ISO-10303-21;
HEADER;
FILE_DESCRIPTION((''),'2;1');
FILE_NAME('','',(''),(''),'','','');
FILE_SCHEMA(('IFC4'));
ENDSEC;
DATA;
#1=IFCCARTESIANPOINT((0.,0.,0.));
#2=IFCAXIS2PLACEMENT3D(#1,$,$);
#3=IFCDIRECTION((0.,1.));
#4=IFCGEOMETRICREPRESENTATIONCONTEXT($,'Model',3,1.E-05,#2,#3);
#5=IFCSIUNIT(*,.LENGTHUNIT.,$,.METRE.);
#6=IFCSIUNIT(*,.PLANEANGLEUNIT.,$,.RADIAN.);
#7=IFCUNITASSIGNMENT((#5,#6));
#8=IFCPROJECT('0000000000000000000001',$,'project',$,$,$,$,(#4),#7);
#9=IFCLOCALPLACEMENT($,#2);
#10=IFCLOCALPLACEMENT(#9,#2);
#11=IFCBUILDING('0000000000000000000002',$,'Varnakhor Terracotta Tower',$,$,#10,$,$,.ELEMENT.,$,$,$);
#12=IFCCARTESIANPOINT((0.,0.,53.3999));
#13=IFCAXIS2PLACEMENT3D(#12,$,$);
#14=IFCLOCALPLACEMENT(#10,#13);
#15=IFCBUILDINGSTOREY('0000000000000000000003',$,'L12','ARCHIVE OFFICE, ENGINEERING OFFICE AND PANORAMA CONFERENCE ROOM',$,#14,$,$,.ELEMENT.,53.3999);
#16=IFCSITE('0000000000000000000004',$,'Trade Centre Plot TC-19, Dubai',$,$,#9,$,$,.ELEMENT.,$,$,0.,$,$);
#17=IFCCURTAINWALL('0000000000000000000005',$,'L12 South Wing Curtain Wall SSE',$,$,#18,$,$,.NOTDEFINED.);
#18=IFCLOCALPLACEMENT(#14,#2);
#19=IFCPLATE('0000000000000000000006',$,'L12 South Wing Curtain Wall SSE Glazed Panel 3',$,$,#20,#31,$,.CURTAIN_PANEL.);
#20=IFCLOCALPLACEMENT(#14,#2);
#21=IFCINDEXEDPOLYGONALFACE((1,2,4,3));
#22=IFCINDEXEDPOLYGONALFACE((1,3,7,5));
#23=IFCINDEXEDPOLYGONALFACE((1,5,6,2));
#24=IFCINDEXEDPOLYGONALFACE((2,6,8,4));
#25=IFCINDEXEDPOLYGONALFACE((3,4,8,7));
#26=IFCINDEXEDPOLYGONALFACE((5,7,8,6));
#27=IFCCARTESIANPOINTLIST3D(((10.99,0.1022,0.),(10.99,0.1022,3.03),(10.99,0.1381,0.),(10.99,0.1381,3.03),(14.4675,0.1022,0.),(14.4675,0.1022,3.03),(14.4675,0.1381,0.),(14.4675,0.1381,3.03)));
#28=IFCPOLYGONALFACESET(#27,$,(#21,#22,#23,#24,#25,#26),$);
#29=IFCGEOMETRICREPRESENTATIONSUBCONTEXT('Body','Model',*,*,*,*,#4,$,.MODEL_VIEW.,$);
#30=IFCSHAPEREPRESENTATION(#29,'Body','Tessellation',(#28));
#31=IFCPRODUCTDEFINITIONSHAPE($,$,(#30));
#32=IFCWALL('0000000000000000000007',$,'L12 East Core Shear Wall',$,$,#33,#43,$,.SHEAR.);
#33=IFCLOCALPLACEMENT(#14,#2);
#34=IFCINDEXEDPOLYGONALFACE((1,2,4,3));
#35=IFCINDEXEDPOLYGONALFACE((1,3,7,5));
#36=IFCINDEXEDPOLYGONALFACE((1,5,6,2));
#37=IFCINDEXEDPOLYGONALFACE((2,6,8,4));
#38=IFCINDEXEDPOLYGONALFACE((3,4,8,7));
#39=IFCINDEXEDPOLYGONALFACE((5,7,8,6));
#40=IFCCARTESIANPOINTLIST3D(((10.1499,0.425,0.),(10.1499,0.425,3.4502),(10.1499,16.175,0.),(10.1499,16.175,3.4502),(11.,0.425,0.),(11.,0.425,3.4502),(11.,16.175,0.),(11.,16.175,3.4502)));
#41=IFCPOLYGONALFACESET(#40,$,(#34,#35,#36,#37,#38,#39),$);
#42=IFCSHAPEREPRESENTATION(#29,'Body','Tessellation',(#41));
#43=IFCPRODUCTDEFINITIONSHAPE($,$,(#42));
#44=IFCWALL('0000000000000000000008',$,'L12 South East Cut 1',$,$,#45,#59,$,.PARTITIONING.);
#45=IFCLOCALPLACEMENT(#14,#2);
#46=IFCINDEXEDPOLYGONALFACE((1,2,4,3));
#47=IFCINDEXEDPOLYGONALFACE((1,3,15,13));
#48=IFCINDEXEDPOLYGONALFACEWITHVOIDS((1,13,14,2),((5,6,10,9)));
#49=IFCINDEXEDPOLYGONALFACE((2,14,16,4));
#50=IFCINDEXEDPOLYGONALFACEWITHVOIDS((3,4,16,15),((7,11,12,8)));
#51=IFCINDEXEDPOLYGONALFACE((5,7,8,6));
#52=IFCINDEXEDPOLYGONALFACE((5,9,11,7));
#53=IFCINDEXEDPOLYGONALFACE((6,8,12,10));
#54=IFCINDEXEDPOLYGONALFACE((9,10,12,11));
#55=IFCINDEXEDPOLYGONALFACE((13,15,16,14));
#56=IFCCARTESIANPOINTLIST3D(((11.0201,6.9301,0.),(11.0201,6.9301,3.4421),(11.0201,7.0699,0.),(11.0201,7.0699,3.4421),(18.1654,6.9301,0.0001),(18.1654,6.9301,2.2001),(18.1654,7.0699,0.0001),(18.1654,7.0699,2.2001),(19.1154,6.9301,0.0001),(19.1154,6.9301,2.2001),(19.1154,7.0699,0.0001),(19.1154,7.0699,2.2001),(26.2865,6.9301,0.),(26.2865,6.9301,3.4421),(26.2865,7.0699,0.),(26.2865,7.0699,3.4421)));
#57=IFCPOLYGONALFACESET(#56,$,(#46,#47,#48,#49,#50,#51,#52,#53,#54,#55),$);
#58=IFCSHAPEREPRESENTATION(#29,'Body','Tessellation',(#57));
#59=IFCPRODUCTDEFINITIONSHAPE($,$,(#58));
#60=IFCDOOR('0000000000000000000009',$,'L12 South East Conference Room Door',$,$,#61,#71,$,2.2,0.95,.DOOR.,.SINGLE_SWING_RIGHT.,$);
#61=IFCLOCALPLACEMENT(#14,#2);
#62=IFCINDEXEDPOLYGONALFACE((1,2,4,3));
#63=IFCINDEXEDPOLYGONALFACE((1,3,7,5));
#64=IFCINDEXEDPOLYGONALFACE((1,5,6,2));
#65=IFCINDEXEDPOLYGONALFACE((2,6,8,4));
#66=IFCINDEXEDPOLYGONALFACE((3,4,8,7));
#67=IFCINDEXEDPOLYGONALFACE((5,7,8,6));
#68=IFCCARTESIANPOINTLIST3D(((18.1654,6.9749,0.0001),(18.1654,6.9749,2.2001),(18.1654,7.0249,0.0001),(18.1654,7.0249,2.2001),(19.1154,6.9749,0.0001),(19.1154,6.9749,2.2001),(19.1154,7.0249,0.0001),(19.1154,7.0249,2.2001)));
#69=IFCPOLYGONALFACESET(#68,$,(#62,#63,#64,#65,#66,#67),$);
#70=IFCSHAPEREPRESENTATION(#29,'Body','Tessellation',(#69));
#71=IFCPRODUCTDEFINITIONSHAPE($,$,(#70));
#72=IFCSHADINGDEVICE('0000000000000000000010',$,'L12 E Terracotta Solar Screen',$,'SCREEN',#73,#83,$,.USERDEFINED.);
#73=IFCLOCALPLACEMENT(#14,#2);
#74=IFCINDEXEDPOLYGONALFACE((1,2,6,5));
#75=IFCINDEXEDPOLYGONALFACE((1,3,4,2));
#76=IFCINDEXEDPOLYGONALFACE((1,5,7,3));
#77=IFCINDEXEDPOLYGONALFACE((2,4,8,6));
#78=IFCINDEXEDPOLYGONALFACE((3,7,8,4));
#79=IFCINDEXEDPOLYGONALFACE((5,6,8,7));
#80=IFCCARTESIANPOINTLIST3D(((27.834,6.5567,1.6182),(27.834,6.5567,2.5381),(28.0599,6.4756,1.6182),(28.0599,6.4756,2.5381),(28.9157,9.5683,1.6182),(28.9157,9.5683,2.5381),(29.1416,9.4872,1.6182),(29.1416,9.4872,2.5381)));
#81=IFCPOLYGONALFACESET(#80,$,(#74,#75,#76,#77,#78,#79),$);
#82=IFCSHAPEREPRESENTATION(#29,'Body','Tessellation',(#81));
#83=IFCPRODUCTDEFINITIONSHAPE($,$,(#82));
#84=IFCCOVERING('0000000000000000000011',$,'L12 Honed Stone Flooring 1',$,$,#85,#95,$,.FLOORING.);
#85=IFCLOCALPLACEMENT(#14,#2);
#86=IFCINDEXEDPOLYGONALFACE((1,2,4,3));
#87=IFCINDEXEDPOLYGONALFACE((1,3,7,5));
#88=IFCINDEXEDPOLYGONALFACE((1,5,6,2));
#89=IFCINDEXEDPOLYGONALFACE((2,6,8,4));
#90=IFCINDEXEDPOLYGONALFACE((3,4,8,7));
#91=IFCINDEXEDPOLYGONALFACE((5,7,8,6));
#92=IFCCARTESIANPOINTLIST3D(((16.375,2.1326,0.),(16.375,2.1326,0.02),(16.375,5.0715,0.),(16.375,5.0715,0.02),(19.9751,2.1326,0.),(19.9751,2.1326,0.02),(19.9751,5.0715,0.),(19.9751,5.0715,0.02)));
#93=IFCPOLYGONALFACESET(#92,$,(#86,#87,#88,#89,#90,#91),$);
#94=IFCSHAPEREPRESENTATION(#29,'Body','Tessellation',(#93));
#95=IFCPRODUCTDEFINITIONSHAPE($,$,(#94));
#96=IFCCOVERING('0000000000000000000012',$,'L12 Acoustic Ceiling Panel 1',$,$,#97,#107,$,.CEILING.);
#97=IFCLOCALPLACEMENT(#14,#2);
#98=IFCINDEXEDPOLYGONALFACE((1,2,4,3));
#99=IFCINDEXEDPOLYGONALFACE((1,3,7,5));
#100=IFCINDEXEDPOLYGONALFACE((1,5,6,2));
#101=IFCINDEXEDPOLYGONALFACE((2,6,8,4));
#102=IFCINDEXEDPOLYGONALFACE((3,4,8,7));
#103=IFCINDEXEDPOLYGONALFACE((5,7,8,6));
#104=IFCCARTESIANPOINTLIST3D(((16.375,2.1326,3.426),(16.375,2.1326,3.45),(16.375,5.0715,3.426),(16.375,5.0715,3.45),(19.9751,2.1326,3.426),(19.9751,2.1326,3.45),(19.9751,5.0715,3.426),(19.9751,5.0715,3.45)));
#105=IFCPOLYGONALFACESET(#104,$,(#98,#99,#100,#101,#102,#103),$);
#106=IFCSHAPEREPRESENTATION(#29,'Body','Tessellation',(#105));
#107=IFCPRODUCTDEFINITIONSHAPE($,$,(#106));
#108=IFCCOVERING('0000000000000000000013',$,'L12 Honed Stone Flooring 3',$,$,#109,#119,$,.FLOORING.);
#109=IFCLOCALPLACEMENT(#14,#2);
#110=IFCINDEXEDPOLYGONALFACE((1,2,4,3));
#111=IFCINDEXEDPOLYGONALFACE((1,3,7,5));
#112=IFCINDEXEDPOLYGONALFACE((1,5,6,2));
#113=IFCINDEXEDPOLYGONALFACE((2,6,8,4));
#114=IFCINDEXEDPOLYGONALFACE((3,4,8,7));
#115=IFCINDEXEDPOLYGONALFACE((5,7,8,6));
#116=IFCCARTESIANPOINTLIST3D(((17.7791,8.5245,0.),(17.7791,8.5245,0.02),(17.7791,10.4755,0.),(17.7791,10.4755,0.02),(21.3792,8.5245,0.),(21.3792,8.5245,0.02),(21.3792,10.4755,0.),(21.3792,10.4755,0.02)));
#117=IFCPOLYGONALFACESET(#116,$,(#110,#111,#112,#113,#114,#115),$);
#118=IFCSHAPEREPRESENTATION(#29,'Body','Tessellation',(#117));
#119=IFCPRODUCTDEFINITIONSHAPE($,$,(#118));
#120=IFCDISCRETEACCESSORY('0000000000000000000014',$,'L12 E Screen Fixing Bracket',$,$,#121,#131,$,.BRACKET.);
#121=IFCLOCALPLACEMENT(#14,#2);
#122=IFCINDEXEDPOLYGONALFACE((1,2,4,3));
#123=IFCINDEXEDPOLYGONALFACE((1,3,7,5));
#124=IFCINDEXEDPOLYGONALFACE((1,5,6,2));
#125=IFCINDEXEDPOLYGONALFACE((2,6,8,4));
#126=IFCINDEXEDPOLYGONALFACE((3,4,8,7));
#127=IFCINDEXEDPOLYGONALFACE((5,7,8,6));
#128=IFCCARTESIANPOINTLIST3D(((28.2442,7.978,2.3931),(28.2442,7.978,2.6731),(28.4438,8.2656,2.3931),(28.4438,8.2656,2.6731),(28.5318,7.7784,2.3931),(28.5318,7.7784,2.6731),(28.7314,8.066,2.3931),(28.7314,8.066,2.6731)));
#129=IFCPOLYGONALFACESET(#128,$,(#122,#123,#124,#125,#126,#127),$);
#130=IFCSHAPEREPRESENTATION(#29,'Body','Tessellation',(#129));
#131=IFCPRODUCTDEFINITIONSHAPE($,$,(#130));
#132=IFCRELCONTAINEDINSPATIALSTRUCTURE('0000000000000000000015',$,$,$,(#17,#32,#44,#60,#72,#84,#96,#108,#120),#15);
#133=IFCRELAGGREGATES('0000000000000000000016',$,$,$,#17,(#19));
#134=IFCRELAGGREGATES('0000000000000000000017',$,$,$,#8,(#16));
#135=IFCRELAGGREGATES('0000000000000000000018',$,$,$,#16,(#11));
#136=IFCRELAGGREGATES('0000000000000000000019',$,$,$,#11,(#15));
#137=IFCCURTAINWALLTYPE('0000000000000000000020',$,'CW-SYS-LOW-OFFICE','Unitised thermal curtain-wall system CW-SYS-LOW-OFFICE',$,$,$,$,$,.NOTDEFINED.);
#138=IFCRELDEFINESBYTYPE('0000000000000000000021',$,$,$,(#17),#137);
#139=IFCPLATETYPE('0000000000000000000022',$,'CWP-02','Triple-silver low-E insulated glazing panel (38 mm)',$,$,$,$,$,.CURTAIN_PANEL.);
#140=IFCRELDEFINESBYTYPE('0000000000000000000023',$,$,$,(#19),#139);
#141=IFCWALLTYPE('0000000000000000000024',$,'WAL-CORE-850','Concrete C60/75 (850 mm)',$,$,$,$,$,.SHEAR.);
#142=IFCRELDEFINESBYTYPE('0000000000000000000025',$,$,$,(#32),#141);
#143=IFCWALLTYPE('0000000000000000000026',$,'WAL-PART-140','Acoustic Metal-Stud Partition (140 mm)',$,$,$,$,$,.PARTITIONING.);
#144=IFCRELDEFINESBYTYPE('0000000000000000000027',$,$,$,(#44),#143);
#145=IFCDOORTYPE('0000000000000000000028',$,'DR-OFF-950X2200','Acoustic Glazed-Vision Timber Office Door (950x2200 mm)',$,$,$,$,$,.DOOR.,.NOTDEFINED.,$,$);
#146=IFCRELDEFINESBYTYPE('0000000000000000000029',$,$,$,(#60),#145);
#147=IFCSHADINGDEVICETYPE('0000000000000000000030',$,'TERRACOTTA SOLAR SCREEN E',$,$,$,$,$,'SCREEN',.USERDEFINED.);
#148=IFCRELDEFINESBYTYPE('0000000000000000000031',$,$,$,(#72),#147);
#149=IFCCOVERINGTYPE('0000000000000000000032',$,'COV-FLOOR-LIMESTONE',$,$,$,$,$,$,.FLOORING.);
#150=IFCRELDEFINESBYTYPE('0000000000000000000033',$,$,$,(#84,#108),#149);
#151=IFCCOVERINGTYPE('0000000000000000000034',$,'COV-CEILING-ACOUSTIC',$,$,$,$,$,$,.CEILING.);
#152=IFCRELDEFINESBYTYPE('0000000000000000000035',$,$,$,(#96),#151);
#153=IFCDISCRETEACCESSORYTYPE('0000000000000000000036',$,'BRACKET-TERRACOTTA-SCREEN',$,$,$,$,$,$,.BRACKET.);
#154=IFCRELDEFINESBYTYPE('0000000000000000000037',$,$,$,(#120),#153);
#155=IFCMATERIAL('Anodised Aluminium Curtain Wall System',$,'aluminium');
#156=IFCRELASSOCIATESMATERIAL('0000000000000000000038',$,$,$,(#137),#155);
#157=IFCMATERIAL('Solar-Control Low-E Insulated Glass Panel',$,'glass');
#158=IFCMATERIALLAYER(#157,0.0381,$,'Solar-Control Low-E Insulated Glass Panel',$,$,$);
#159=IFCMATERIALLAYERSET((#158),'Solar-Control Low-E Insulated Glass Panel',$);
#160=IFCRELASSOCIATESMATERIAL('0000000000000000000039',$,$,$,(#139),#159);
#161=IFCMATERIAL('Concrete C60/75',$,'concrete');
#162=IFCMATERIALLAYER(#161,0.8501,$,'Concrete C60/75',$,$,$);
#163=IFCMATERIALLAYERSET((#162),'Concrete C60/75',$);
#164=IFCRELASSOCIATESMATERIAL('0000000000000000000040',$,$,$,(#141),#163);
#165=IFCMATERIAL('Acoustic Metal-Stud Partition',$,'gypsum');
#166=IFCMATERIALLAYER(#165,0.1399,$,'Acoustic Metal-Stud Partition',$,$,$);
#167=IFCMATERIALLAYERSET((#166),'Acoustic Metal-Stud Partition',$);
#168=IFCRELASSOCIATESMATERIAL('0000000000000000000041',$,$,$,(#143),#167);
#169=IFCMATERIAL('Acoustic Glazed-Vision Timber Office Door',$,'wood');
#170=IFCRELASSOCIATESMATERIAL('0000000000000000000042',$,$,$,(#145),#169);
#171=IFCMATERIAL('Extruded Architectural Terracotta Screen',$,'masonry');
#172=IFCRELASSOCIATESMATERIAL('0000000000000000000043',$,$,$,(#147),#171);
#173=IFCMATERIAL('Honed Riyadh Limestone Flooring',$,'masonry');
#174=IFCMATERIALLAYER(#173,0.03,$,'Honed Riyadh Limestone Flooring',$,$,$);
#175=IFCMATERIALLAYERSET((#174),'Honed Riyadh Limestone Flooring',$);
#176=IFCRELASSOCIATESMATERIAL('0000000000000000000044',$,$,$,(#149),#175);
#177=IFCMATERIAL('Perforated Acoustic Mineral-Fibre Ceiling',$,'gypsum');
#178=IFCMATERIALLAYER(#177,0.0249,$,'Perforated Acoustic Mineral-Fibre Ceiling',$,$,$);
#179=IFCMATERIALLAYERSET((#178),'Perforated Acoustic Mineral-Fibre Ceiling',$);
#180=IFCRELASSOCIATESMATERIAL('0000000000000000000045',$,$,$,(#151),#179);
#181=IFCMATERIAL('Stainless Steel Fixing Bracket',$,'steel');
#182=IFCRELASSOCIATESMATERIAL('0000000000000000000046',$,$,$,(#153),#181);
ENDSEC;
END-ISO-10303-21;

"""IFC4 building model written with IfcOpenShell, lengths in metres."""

from ifc_helpers import new_model, si_unit, direction, frame, frame_2d, origin, origin_2d, place, context, subcontext, project, spatial, rectangle, extrude, source, transform, mapped, material, layer, layer_set, type_object, type_shapes, element, fill, aggregate, save


model = new_model("IFC4")

# Units and contexts
model_context = context("Model", 3, precision=1e-05, world=origin(), true_north=direction((0.0, 1.0)))
body_context = subcontext(model_context, "Body", "Model", "MODEL_VIEW")
ifc_project = project(units=[si_unit("LENGTHUNIT", "METRE"), si_unit("PLANEANGLEUNIT", "RADIAN")], contexts=[model_context])

# Site, building, storey
site_placement = place(None, origin())
site = spatial("IfcSite", under=ifc_project, at=site_placement, Name="Trade Centre Plot TC-19, Dubai", CompositionType="ELEMENT", RefElevation=0.0)
building_placement = place(site_placement, origin())
building = spatial("IfcBuilding", under=site, at=building_placement, Name="Varnakhor Terracotta Tower", CompositionType="ELEMENT")
storey_placement = place(building_placement, frame((0.0, 0.0, 53.3999)))
storey = spatial("IfcBuildingStorey", under=building, at=storey_placement, Name="L12", Description="ARCHIVE OFFICE, ENGINEERING OFFICE AND PANORAMA CONFERENCE ROOM", CompositionType="ELEMENT", Elevation=53.3999)

# Curtain wall
ifc_material_1 = material(Name="Anodised Aluminium Curtain Wall System", Category="aluminium")
curtain_wall_type = type_object("IfcCurtainWallType", Name="CW-SYS-LOW-OFFICE", Description="Unitised thermal curtain-wall system CW-SYS-LOW-OFFICE", PredefinedType="NOTDEFINED", material=ifc_material_1)
curtain_wall_1_placement = place(storey_placement, origin())
curtain_wall_1 = element("IfcCurtainWall", 1, at=curtain_wall_1_placement, inside=storey, type_object=curtain_wall_type, Name="L12 South Wing Curtain Wall SSE", PredefinedType="NOTDEFINED")

# Plate
ifc_material_2 = material(Name="Solar-Control Low-E Insulated Glass Panel", Category="glass")
ifc_layer_1 = layer(ifc_material_2, 0.0381, Name="Solar-Control Low-E Insulated Glass Panel")
ifc_layer_set_1 = layer_set([ifc_layer_1], Name="Solar-Control Low-E Insulated Glass Panel")
plate_type = type_object("IfcPlateType", Name="CWP-02", Description="Triple-silver low-E insulated glazing panel (38 mm)", PredefinedType="CURTAIN_PANEL", material=ifc_layer_set_1)
shared_shape_1 = source(origin(), body_context, "Body", "SweptSolid", [
    extrude(rectangle(XDim=3.4775, YDim=0.0359, at=origin_2d()), origin(), (0.0, 0.0, 1.0), 3.03),
])
plate_1_placement = place(storey_placement, frame((12.7288, 0.1201, 0.0), z_axis=(0.0, 0.0, 1.0), x_axis=(-1.0, 0.0, 0.0)))
plate_1 = element("IfcPlate", 2, at=plate_1_placement, type_object=plate_type, Name="L12 South Wing Curtain Wall SSE Glazed Panel 3", PredefinedType="CURTAIN_PANEL", context=body_context, shape_type="MappedRepresentation", body=[
    mapped(shared_shape_1, transform((0.0, 0.0, 0.0), scale=1.0)),
])
aggregate(curtain_wall_1, [plate_1])

# Wall
ifc_material_3 = material(Name="Concrete C60/75", Category="concrete")
ifc_layer_2 = layer(ifc_material_3, 0.8501, Name="Concrete C60/75")
ifc_layer_set_2 = layer_set([ifc_layer_2], Name="Concrete C60/75")
wall_type_1 = type_object("IfcWallType", Name="WAL-CORE-850", Description="Concrete C60/75 (850 mm)", PredefinedType="SHEAR", material=ifc_layer_set_2)
wall_1_placement = place(storey_placement, frame((10.575, 0.425, 0.0), z_axis=(0.0, 0.0, 1.0), x_axis=(0.0, 1.0, 0.0)))
element("IfcWall", 3, at=wall_1_placement, inside=storey, type_object=wall_type_1, Name="L12 East Core Shear Wall", PredefinedType="SHEAR", context=body_context, shape_type="SweptSolid", body=[
    extrude(rectangle(XDim=15.75, YDim=0.8501, at=frame_2d((7.875, 0.0))), origin(), (0.0, 0.0, 1.0), 3.4502),
])

# Wall, opening, door
ifc_material_4 = material(Name="Acoustic Metal-Stud Partition", Category="gypsum")
ifc_layer_3 = layer(ifc_material_4, 0.1399, Name="Acoustic Metal-Stud Partition")
ifc_layer_set_3 = layer_set([ifc_layer_3], Name="Acoustic Metal-Stud Partition")
wall_type_2 = type_object("IfcWallType", Name="WAL-PART-140", Description="Acoustic Metal-Stud Partition (140 mm)", PredefinedType="PARTITIONING", material=ifc_layer_set_3)
wall_2_placement = place(storey_placement, frame((11.02, 7.0, 0.0), z_axis=(0.0, 0.0, 1.0), x_axis=(1.0, 0.0, 0.0)))
wall_2 = element("IfcWall", 4, at=wall_2_placement, inside=storey, type_object=wall_type_2, Name="L12 South East Cut 1", PredefinedType="PARTITIONING", context=body_context, shape_type="SweptSolid", body=[
    extrude(rectangle(XDim=15.2664, YDim=0.1399, at=frame_2d((7.6333, 0.0))), origin(), (0.0, 0.0, 1.0), 3.4421),
])
opening_placement = place(wall_2_placement, frame((7.1453, 0.0, 0.0)))
opening = element("IfcOpeningElement", 5, at=opening_placement, cuts=wall_2, PredefinedType="OPENING", context=body_context, shape_type="SweptSolid", body=[
    extrude(rectangle(XDim=0.95, YDim=2.2, at=frame_2d((0.4751, 1.1001))), frame((0.0, 0.0801, 0.0), z_axis=(0.0, -1.0, 0.0), x_axis=(1.0, 0.0, 0.0)), (0.0, 0.0, 1.0), 0.1599),
])
ifc_material_5 = material(Name="Acoustic Glazed-Vision Timber Office Door", Category="wood")
door_type = type_object("IfcDoorType", Name="DR-OFF-950X2200", Description="Acoustic Glazed-Vision Timber Office Door (950x2200 mm)", OperationType="NOTDEFINED", PredefinedType="DOOR", material=ifc_material_5)
shared_shape_2 = source(origin(), body_context, "Body", "SweptSolid", [
    extrude(rectangle(XDim=0.95, YDim=2.2, at=frame_2d((0.4751, 1.1001))), frame((0.0, 0.0249, 0.0), z_axis=(0.0, -1.0, 0.0), x_axis=(1.0, 0.0, 0.0)), (0.0, 0.0, 1.0), 0.05),
])
type_shapes(door_type, [shared_shape_2])
door_placement = place(opening_placement, origin())
door = element("IfcDoor", 6, at=door_placement, inside=storey, type_object=door_type, Name="L12 South East Conference Room Door", OperationType="SINGLE_SWING_RIGHT", OverallHeight=2.2, OverallWidth=0.95, PredefinedType="DOOR", context=body_context, shape_type="MappedRepresentation", body=[
    mapped(shared_shape_2, transform((0.0, 0.0, 0.0), scale=1.0)),
])
fill(opening, door)

# Shading device
ifc_material_6 = material(Name="Extruded Architectural Terracotta Screen", Category="masonry")
shading_device_type = type_object("IfcShadingDeviceType", Name="TERRACOTTA SOLAR SCREEN E", ElementType="SCREEN", PredefinedType="USERDEFINED", material=ifc_material_6)
shared_shape_3 = source(origin(), body_context, "Body", "SweptSolid", [
    extrude(rectangle(XDim=3.2, YDim=0.24, at=origin_2d()), origin(), (0.0, 0.0, 1.0), 0.9199),
])
type_shapes(shading_device_type, [shared_shape_3])
shading_device_placement = place(storey_placement, frame((28.4878, 8.022, 1.6182), z_axis=(0.0, 0.0, 1.0), x_axis=(0.338032, 0.941135, 0.0)))
element("IfcShadingDevice", 7, at=shading_device_placement, inside=storey, type_object=shading_device_type, Name="L12 E Terracotta Solar Screen", ObjectType="SCREEN", PredefinedType="USERDEFINED", context=body_context, shape_type="MappedRepresentation", body=[
    mapped(shared_shape_3, transform((0.0, 0.0, 0.0), scale=1.0)),
])

# Coverings
ifc_material_7 = material(Name="Honed Riyadh Limestone Flooring", Category="masonry")
ifc_layer_4 = layer(ifc_material_7, 0.03, Name="Honed Riyadh Limestone Flooring")
ifc_layer_set_4 = layer_set([ifc_layer_4], Name="Honed Riyadh Limestone Flooring")
covering_type_1 = type_object("IfcCoveringType", Name="COV-FLOOR-LIMESTONE", PredefinedType="FLOORING", material=ifc_layer_set_4)
shared_shape_4 = source(origin(), body_context, "Body", "SweptSolid", [
    extrude(rectangle(XDim=3.6001, YDim=2.939, at=origin_2d()), origin(), (0.0, 0.0, 1.0), 0.02),
])
covering_1_placement = place(storey_placement, frame((18.175, 3.6021, 0.0), z_axis=(0.0, 0.0, 1.0), x_axis=(1.0, 0.0, 0.0)))
element("IfcCovering", 8, at=covering_1_placement, inside=storey, type_object=covering_type_1, Name="L12 Honed Stone Flooring 1", PredefinedType="FLOORING", context=body_context, shape_type="MappedRepresentation", body=[
    mapped(shared_shape_4, transform((0.0, 0.0, 0.0), scale=1.0)),
])
ifc_material_8 = material(Name="Perforated Acoustic Mineral-Fibre Ceiling", Category="gypsum")
ifc_layer_5 = layer(ifc_material_8, 0.0249, Name="Perforated Acoustic Mineral-Fibre Ceiling")
ifc_layer_set_5 = layer_set([ifc_layer_5], Name="Perforated Acoustic Mineral-Fibre Ceiling")
covering_type_2 = type_object("IfcCoveringType", Name="COV-CEILING-ACOUSTIC", PredefinedType="CEILING", material=ifc_layer_set_5)
shared_shape_5 = source(origin(), body_context, "Body", "SweptSolid", [
    extrude(rectangle(XDim=3.6001, YDim=2.939, at=origin_2d()), origin(), (0.0, 0.0, 1.0), 0.0239),
])
covering_2_placement = place(storey_placement, frame((18.175, 3.6021, 3.426), z_axis=(0.0, 0.0, 1.0), x_axis=(1.0, 0.0, 0.0)))
element("IfcCovering", 9, at=covering_2_placement, inside=storey, type_object=covering_type_2, Name="L12 Acoustic Ceiling Panel 1", PredefinedType="CEILING", context=body_context, shape_type="MappedRepresentation", body=[
    mapped(shared_shape_5, transform((0.0, 0.0, 0.0), scale=1.0)),
])
shared_shape_6 = source(origin(), body_context, "Body", "SweptSolid", [
    extrude(rectangle(XDim=3.6001, YDim=1.9509, at=origin_2d()), origin(), (0.0, 0.0, 1.0), 0.02),
])
covering_3_placement = place(storey_placement, frame((19.5791, 9.5, 0.0), z_axis=(0.0, 0.0, 1.0), x_axis=(1.0, 0.0, 0.0)))
element("IfcCovering", 10, at=covering_3_placement, inside=storey, type_object=covering_type_1, Name="L12 Honed Stone Flooring 3", PredefinedType="FLOORING", context=body_context, shape_type="MappedRepresentation", body=[
    mapped(shared_shape_6, transform((0.0, 0.0, 0.0), scale=1.0)),
])

# Discrete accessory
ifc_material_9 = material(Name="Stainless Steel Fixing Bracket", Category="steel")
discrete_accessory_type = type_object("IfcDiscreteAccessoryType", Name="BRACKET-TERRACOTTA-SCREEN", PredefinedType="BRACKET", material=ifc_material_9)
shared_shape_7 = source(origin(), body_context, "Body", "SweptSolid", [
    extrude(rectangle(XDim=0.3501, YDim=0.3501, at=origin_2d()), origin(), (0.0, 0.0, 1.0), 0.28),
])
type_shapes(discrete_accessory_type, [shared_shape_7])
discrete_accessory_placement = place(storey_placement, frame((28.4878, 8.022, 2.3931), z_axis=(0.0, 0.0, 1.0), x_axis=(0.570097, 0.821577, 0.0)))
element("IfcDiscreteAccessory", 11, at=discrete_accessory_placement, inside=storey, type_object=discrete_accessory_type, Name="L12 E Screen Fixing Bracket", PredefinedType="BRACKET", context=body_context, shape_type="MappedRepresentation", body=[
    mapped(shared_shape_7, transform((0.0, 0.0, 0.0), scale=1.0)),
])

save(model, "model.ifc")
